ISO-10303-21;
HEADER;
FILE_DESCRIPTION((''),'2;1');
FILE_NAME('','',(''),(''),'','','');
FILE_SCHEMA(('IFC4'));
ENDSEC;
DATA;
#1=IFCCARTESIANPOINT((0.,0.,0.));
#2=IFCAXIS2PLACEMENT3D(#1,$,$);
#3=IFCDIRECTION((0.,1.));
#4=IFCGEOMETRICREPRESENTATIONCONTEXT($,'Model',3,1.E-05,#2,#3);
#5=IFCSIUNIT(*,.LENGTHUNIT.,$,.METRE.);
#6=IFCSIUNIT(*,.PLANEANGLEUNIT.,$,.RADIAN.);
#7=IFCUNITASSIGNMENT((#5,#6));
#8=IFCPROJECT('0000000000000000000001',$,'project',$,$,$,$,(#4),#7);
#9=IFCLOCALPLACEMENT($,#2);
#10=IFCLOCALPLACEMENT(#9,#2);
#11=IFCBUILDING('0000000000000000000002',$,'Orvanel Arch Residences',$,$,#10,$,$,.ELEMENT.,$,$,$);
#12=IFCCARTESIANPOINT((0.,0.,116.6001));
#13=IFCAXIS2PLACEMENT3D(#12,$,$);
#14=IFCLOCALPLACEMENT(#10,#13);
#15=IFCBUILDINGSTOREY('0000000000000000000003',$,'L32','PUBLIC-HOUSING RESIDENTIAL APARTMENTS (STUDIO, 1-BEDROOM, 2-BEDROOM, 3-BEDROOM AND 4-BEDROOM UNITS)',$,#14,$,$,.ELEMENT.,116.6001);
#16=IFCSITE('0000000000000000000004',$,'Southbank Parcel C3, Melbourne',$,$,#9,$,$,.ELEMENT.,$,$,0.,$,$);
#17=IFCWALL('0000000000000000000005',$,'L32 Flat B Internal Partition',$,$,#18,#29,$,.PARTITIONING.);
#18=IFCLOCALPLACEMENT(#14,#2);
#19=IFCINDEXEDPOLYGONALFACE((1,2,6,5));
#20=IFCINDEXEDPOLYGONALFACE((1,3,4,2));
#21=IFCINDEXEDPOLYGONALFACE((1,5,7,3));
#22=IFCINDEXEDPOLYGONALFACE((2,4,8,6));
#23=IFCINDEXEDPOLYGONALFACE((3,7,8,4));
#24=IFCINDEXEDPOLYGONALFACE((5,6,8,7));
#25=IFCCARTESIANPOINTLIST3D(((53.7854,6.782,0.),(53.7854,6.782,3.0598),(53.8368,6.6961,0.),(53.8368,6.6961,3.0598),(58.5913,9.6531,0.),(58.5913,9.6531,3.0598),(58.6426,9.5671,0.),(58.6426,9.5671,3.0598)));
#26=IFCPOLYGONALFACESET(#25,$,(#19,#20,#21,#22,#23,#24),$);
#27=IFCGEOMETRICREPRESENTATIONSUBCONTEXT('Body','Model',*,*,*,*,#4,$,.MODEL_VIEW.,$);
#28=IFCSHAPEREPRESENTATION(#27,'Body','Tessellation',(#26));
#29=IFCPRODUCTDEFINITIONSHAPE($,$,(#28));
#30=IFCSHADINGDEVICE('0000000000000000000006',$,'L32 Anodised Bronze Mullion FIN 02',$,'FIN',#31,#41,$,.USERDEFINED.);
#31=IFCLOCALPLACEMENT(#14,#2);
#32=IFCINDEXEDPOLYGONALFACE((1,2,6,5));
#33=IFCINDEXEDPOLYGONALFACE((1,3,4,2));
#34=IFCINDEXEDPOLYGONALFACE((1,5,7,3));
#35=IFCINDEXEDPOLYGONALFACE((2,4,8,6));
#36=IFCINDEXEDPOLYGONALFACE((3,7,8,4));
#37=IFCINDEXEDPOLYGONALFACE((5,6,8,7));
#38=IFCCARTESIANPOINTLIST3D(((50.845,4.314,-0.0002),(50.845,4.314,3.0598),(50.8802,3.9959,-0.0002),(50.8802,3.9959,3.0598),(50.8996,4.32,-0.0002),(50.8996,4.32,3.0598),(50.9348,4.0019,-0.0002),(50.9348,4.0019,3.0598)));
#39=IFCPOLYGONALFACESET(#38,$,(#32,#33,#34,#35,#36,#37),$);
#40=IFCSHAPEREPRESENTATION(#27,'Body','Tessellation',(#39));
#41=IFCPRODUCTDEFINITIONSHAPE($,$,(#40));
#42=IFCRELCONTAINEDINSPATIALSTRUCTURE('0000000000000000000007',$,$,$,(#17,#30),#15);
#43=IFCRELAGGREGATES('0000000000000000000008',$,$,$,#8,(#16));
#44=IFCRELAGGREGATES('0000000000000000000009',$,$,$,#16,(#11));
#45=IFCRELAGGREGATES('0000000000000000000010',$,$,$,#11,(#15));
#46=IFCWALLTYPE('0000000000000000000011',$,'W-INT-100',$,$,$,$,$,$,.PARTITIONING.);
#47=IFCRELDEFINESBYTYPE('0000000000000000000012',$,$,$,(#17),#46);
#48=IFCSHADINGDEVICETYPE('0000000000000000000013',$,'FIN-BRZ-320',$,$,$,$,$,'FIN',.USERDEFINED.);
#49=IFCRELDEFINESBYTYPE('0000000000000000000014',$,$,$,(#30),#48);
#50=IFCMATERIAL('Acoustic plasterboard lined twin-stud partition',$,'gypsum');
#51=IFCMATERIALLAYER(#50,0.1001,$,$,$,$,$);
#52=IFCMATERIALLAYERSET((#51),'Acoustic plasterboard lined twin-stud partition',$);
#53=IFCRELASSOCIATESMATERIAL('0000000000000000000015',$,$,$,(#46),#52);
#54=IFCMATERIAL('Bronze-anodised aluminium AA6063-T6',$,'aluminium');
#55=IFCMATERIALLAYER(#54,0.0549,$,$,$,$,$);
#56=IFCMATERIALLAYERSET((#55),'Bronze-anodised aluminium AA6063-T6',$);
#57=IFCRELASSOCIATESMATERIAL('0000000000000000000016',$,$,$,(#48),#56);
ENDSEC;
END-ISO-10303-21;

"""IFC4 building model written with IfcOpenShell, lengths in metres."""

from ifc_helpers import new_model, si_unit, direction, frame, frame_2d, origin, origin_2d, place, context, subcontext, project, spatial, rectangle, extrude, material, layer, layer_set, type_object, element, save


model = new_model("IFC4")

# Units and contexts
model_context = context("Model", 3, precision=1e-05, world=origin(), true_north=direction((0.0, 1.0)))
body_context = subcontext(model_context, "Body", "Model", "MODEL_VIEW")
ifc_project = project(units=[si_unit("LENGTHUNIT", "METRE"), si_unit("PLANEANGLEUNIT", "RADIAN")], contexts=[model_context])

# Site, building, storey
site_placement = place(None, origin())
site = spatial("IfcSite", under=ifc_project, at=site_placement, Name="Southbank Parcel C3, Melbourne", CompositionType="ELEMENT", RefElevation=0.0)
building_placement = place(site_placement, origin())
building = spatial("IfcBuilding", under=site, at=building_placement, Name="Orvanel Arch Residences", CompositionType="ELEMENT")
storey_placement = place(building_placement, frame((0.0, 0.0, 116.6001)))
storey = spatial("IfcBuildingStorey", under=building, at=storey_placement, Name="L32", Description="PUBLIC-HOUSING RESIDENTIAL APARTMENTS (STUDIO, 1-BEDROOM, 2-BEDROOM, 3-BEDROOM AND 4-BEDROOM UNITS)", CompositionType="ELEMENT", Elevation=116.6001)

# Shared definitions
ifc_material_1 = material(Name="Bronze-anodised aluminium AA6063-T6", Category="aluminium")

# Shared definitions
ifc_material_2 = material(Name="Acoustic plasterboard lined twin-stud partition", Category="gypsum")
ifc_layer_1 = layer(ifc_material_2, 0.1001)
ifc_layer_set_1 = layer_set([ifc_layer_1], Name="Acoustic plasterboard lined twin-stud partition")
wall_type = type_object("IfcWallType", Name="W-INT-100", PredefinedType="PARTITIONING", material=ifc_layer_set_1)

# Wall
wall_1_placement = place(storey_placement, frame((58.6169, 9.6101, 0.0), z_axis=(0.0, 0.0, 1.0), x_axis=(-0.858473, -0.512859, 0.0)))
element("IfcWall", 1, at=wall_1_placement, inside=storey, type_object=wall_type, Name="L32 Flat B Internal Partition", PredefinedType="PARTITIONING", context=body_context, shape_type="SweptSolid", body=[
    extrude(rectangle(XDim=5.5981, YDim=0.1001, at=frame_2d((2.7991, 0.0))), origin(), (0.0, 0.0, 1.0), 3.0598),
])

# Shading device
ifc_layer_2 = layer(ifc_material_1, 0.0549)
ifc_layer_set_2 = layer_set([ifc_layer_2], Name="Bronze-anodised aluminium AA6063-T6")
shading_device_type = type_object("IfcShadingDeviceType", Name="FIN-BRZ-320", ElementType="FIN", PredefinedType="USERDEFINED", material=ifc_layer_set_2)
shading_device_placement = place(storey_placement, frame((50.8899, 4.158, -0.0002), z_axis=(0.0, 0.0, 1.0), x_axis=(0.109734, -0.993961, 0.0)))
element("IfcShadingDevice", 2, at=shading_device_placement, inside=storey, type_object=shading_device_type, Name="L32 Anodised Bronze Mullion FIN 02", ObjectType="FIN", PredefinedType="USERDEFINED", context=body_context, shape_type="SweptSolid", body=[
    extrude(rectangle(XDim=0.3201, YDim=0.0549, at=origin_2d()), origin(), (0.0, 0.0, 1.0), 3.0601),
])

save(model, "model.ifc")
